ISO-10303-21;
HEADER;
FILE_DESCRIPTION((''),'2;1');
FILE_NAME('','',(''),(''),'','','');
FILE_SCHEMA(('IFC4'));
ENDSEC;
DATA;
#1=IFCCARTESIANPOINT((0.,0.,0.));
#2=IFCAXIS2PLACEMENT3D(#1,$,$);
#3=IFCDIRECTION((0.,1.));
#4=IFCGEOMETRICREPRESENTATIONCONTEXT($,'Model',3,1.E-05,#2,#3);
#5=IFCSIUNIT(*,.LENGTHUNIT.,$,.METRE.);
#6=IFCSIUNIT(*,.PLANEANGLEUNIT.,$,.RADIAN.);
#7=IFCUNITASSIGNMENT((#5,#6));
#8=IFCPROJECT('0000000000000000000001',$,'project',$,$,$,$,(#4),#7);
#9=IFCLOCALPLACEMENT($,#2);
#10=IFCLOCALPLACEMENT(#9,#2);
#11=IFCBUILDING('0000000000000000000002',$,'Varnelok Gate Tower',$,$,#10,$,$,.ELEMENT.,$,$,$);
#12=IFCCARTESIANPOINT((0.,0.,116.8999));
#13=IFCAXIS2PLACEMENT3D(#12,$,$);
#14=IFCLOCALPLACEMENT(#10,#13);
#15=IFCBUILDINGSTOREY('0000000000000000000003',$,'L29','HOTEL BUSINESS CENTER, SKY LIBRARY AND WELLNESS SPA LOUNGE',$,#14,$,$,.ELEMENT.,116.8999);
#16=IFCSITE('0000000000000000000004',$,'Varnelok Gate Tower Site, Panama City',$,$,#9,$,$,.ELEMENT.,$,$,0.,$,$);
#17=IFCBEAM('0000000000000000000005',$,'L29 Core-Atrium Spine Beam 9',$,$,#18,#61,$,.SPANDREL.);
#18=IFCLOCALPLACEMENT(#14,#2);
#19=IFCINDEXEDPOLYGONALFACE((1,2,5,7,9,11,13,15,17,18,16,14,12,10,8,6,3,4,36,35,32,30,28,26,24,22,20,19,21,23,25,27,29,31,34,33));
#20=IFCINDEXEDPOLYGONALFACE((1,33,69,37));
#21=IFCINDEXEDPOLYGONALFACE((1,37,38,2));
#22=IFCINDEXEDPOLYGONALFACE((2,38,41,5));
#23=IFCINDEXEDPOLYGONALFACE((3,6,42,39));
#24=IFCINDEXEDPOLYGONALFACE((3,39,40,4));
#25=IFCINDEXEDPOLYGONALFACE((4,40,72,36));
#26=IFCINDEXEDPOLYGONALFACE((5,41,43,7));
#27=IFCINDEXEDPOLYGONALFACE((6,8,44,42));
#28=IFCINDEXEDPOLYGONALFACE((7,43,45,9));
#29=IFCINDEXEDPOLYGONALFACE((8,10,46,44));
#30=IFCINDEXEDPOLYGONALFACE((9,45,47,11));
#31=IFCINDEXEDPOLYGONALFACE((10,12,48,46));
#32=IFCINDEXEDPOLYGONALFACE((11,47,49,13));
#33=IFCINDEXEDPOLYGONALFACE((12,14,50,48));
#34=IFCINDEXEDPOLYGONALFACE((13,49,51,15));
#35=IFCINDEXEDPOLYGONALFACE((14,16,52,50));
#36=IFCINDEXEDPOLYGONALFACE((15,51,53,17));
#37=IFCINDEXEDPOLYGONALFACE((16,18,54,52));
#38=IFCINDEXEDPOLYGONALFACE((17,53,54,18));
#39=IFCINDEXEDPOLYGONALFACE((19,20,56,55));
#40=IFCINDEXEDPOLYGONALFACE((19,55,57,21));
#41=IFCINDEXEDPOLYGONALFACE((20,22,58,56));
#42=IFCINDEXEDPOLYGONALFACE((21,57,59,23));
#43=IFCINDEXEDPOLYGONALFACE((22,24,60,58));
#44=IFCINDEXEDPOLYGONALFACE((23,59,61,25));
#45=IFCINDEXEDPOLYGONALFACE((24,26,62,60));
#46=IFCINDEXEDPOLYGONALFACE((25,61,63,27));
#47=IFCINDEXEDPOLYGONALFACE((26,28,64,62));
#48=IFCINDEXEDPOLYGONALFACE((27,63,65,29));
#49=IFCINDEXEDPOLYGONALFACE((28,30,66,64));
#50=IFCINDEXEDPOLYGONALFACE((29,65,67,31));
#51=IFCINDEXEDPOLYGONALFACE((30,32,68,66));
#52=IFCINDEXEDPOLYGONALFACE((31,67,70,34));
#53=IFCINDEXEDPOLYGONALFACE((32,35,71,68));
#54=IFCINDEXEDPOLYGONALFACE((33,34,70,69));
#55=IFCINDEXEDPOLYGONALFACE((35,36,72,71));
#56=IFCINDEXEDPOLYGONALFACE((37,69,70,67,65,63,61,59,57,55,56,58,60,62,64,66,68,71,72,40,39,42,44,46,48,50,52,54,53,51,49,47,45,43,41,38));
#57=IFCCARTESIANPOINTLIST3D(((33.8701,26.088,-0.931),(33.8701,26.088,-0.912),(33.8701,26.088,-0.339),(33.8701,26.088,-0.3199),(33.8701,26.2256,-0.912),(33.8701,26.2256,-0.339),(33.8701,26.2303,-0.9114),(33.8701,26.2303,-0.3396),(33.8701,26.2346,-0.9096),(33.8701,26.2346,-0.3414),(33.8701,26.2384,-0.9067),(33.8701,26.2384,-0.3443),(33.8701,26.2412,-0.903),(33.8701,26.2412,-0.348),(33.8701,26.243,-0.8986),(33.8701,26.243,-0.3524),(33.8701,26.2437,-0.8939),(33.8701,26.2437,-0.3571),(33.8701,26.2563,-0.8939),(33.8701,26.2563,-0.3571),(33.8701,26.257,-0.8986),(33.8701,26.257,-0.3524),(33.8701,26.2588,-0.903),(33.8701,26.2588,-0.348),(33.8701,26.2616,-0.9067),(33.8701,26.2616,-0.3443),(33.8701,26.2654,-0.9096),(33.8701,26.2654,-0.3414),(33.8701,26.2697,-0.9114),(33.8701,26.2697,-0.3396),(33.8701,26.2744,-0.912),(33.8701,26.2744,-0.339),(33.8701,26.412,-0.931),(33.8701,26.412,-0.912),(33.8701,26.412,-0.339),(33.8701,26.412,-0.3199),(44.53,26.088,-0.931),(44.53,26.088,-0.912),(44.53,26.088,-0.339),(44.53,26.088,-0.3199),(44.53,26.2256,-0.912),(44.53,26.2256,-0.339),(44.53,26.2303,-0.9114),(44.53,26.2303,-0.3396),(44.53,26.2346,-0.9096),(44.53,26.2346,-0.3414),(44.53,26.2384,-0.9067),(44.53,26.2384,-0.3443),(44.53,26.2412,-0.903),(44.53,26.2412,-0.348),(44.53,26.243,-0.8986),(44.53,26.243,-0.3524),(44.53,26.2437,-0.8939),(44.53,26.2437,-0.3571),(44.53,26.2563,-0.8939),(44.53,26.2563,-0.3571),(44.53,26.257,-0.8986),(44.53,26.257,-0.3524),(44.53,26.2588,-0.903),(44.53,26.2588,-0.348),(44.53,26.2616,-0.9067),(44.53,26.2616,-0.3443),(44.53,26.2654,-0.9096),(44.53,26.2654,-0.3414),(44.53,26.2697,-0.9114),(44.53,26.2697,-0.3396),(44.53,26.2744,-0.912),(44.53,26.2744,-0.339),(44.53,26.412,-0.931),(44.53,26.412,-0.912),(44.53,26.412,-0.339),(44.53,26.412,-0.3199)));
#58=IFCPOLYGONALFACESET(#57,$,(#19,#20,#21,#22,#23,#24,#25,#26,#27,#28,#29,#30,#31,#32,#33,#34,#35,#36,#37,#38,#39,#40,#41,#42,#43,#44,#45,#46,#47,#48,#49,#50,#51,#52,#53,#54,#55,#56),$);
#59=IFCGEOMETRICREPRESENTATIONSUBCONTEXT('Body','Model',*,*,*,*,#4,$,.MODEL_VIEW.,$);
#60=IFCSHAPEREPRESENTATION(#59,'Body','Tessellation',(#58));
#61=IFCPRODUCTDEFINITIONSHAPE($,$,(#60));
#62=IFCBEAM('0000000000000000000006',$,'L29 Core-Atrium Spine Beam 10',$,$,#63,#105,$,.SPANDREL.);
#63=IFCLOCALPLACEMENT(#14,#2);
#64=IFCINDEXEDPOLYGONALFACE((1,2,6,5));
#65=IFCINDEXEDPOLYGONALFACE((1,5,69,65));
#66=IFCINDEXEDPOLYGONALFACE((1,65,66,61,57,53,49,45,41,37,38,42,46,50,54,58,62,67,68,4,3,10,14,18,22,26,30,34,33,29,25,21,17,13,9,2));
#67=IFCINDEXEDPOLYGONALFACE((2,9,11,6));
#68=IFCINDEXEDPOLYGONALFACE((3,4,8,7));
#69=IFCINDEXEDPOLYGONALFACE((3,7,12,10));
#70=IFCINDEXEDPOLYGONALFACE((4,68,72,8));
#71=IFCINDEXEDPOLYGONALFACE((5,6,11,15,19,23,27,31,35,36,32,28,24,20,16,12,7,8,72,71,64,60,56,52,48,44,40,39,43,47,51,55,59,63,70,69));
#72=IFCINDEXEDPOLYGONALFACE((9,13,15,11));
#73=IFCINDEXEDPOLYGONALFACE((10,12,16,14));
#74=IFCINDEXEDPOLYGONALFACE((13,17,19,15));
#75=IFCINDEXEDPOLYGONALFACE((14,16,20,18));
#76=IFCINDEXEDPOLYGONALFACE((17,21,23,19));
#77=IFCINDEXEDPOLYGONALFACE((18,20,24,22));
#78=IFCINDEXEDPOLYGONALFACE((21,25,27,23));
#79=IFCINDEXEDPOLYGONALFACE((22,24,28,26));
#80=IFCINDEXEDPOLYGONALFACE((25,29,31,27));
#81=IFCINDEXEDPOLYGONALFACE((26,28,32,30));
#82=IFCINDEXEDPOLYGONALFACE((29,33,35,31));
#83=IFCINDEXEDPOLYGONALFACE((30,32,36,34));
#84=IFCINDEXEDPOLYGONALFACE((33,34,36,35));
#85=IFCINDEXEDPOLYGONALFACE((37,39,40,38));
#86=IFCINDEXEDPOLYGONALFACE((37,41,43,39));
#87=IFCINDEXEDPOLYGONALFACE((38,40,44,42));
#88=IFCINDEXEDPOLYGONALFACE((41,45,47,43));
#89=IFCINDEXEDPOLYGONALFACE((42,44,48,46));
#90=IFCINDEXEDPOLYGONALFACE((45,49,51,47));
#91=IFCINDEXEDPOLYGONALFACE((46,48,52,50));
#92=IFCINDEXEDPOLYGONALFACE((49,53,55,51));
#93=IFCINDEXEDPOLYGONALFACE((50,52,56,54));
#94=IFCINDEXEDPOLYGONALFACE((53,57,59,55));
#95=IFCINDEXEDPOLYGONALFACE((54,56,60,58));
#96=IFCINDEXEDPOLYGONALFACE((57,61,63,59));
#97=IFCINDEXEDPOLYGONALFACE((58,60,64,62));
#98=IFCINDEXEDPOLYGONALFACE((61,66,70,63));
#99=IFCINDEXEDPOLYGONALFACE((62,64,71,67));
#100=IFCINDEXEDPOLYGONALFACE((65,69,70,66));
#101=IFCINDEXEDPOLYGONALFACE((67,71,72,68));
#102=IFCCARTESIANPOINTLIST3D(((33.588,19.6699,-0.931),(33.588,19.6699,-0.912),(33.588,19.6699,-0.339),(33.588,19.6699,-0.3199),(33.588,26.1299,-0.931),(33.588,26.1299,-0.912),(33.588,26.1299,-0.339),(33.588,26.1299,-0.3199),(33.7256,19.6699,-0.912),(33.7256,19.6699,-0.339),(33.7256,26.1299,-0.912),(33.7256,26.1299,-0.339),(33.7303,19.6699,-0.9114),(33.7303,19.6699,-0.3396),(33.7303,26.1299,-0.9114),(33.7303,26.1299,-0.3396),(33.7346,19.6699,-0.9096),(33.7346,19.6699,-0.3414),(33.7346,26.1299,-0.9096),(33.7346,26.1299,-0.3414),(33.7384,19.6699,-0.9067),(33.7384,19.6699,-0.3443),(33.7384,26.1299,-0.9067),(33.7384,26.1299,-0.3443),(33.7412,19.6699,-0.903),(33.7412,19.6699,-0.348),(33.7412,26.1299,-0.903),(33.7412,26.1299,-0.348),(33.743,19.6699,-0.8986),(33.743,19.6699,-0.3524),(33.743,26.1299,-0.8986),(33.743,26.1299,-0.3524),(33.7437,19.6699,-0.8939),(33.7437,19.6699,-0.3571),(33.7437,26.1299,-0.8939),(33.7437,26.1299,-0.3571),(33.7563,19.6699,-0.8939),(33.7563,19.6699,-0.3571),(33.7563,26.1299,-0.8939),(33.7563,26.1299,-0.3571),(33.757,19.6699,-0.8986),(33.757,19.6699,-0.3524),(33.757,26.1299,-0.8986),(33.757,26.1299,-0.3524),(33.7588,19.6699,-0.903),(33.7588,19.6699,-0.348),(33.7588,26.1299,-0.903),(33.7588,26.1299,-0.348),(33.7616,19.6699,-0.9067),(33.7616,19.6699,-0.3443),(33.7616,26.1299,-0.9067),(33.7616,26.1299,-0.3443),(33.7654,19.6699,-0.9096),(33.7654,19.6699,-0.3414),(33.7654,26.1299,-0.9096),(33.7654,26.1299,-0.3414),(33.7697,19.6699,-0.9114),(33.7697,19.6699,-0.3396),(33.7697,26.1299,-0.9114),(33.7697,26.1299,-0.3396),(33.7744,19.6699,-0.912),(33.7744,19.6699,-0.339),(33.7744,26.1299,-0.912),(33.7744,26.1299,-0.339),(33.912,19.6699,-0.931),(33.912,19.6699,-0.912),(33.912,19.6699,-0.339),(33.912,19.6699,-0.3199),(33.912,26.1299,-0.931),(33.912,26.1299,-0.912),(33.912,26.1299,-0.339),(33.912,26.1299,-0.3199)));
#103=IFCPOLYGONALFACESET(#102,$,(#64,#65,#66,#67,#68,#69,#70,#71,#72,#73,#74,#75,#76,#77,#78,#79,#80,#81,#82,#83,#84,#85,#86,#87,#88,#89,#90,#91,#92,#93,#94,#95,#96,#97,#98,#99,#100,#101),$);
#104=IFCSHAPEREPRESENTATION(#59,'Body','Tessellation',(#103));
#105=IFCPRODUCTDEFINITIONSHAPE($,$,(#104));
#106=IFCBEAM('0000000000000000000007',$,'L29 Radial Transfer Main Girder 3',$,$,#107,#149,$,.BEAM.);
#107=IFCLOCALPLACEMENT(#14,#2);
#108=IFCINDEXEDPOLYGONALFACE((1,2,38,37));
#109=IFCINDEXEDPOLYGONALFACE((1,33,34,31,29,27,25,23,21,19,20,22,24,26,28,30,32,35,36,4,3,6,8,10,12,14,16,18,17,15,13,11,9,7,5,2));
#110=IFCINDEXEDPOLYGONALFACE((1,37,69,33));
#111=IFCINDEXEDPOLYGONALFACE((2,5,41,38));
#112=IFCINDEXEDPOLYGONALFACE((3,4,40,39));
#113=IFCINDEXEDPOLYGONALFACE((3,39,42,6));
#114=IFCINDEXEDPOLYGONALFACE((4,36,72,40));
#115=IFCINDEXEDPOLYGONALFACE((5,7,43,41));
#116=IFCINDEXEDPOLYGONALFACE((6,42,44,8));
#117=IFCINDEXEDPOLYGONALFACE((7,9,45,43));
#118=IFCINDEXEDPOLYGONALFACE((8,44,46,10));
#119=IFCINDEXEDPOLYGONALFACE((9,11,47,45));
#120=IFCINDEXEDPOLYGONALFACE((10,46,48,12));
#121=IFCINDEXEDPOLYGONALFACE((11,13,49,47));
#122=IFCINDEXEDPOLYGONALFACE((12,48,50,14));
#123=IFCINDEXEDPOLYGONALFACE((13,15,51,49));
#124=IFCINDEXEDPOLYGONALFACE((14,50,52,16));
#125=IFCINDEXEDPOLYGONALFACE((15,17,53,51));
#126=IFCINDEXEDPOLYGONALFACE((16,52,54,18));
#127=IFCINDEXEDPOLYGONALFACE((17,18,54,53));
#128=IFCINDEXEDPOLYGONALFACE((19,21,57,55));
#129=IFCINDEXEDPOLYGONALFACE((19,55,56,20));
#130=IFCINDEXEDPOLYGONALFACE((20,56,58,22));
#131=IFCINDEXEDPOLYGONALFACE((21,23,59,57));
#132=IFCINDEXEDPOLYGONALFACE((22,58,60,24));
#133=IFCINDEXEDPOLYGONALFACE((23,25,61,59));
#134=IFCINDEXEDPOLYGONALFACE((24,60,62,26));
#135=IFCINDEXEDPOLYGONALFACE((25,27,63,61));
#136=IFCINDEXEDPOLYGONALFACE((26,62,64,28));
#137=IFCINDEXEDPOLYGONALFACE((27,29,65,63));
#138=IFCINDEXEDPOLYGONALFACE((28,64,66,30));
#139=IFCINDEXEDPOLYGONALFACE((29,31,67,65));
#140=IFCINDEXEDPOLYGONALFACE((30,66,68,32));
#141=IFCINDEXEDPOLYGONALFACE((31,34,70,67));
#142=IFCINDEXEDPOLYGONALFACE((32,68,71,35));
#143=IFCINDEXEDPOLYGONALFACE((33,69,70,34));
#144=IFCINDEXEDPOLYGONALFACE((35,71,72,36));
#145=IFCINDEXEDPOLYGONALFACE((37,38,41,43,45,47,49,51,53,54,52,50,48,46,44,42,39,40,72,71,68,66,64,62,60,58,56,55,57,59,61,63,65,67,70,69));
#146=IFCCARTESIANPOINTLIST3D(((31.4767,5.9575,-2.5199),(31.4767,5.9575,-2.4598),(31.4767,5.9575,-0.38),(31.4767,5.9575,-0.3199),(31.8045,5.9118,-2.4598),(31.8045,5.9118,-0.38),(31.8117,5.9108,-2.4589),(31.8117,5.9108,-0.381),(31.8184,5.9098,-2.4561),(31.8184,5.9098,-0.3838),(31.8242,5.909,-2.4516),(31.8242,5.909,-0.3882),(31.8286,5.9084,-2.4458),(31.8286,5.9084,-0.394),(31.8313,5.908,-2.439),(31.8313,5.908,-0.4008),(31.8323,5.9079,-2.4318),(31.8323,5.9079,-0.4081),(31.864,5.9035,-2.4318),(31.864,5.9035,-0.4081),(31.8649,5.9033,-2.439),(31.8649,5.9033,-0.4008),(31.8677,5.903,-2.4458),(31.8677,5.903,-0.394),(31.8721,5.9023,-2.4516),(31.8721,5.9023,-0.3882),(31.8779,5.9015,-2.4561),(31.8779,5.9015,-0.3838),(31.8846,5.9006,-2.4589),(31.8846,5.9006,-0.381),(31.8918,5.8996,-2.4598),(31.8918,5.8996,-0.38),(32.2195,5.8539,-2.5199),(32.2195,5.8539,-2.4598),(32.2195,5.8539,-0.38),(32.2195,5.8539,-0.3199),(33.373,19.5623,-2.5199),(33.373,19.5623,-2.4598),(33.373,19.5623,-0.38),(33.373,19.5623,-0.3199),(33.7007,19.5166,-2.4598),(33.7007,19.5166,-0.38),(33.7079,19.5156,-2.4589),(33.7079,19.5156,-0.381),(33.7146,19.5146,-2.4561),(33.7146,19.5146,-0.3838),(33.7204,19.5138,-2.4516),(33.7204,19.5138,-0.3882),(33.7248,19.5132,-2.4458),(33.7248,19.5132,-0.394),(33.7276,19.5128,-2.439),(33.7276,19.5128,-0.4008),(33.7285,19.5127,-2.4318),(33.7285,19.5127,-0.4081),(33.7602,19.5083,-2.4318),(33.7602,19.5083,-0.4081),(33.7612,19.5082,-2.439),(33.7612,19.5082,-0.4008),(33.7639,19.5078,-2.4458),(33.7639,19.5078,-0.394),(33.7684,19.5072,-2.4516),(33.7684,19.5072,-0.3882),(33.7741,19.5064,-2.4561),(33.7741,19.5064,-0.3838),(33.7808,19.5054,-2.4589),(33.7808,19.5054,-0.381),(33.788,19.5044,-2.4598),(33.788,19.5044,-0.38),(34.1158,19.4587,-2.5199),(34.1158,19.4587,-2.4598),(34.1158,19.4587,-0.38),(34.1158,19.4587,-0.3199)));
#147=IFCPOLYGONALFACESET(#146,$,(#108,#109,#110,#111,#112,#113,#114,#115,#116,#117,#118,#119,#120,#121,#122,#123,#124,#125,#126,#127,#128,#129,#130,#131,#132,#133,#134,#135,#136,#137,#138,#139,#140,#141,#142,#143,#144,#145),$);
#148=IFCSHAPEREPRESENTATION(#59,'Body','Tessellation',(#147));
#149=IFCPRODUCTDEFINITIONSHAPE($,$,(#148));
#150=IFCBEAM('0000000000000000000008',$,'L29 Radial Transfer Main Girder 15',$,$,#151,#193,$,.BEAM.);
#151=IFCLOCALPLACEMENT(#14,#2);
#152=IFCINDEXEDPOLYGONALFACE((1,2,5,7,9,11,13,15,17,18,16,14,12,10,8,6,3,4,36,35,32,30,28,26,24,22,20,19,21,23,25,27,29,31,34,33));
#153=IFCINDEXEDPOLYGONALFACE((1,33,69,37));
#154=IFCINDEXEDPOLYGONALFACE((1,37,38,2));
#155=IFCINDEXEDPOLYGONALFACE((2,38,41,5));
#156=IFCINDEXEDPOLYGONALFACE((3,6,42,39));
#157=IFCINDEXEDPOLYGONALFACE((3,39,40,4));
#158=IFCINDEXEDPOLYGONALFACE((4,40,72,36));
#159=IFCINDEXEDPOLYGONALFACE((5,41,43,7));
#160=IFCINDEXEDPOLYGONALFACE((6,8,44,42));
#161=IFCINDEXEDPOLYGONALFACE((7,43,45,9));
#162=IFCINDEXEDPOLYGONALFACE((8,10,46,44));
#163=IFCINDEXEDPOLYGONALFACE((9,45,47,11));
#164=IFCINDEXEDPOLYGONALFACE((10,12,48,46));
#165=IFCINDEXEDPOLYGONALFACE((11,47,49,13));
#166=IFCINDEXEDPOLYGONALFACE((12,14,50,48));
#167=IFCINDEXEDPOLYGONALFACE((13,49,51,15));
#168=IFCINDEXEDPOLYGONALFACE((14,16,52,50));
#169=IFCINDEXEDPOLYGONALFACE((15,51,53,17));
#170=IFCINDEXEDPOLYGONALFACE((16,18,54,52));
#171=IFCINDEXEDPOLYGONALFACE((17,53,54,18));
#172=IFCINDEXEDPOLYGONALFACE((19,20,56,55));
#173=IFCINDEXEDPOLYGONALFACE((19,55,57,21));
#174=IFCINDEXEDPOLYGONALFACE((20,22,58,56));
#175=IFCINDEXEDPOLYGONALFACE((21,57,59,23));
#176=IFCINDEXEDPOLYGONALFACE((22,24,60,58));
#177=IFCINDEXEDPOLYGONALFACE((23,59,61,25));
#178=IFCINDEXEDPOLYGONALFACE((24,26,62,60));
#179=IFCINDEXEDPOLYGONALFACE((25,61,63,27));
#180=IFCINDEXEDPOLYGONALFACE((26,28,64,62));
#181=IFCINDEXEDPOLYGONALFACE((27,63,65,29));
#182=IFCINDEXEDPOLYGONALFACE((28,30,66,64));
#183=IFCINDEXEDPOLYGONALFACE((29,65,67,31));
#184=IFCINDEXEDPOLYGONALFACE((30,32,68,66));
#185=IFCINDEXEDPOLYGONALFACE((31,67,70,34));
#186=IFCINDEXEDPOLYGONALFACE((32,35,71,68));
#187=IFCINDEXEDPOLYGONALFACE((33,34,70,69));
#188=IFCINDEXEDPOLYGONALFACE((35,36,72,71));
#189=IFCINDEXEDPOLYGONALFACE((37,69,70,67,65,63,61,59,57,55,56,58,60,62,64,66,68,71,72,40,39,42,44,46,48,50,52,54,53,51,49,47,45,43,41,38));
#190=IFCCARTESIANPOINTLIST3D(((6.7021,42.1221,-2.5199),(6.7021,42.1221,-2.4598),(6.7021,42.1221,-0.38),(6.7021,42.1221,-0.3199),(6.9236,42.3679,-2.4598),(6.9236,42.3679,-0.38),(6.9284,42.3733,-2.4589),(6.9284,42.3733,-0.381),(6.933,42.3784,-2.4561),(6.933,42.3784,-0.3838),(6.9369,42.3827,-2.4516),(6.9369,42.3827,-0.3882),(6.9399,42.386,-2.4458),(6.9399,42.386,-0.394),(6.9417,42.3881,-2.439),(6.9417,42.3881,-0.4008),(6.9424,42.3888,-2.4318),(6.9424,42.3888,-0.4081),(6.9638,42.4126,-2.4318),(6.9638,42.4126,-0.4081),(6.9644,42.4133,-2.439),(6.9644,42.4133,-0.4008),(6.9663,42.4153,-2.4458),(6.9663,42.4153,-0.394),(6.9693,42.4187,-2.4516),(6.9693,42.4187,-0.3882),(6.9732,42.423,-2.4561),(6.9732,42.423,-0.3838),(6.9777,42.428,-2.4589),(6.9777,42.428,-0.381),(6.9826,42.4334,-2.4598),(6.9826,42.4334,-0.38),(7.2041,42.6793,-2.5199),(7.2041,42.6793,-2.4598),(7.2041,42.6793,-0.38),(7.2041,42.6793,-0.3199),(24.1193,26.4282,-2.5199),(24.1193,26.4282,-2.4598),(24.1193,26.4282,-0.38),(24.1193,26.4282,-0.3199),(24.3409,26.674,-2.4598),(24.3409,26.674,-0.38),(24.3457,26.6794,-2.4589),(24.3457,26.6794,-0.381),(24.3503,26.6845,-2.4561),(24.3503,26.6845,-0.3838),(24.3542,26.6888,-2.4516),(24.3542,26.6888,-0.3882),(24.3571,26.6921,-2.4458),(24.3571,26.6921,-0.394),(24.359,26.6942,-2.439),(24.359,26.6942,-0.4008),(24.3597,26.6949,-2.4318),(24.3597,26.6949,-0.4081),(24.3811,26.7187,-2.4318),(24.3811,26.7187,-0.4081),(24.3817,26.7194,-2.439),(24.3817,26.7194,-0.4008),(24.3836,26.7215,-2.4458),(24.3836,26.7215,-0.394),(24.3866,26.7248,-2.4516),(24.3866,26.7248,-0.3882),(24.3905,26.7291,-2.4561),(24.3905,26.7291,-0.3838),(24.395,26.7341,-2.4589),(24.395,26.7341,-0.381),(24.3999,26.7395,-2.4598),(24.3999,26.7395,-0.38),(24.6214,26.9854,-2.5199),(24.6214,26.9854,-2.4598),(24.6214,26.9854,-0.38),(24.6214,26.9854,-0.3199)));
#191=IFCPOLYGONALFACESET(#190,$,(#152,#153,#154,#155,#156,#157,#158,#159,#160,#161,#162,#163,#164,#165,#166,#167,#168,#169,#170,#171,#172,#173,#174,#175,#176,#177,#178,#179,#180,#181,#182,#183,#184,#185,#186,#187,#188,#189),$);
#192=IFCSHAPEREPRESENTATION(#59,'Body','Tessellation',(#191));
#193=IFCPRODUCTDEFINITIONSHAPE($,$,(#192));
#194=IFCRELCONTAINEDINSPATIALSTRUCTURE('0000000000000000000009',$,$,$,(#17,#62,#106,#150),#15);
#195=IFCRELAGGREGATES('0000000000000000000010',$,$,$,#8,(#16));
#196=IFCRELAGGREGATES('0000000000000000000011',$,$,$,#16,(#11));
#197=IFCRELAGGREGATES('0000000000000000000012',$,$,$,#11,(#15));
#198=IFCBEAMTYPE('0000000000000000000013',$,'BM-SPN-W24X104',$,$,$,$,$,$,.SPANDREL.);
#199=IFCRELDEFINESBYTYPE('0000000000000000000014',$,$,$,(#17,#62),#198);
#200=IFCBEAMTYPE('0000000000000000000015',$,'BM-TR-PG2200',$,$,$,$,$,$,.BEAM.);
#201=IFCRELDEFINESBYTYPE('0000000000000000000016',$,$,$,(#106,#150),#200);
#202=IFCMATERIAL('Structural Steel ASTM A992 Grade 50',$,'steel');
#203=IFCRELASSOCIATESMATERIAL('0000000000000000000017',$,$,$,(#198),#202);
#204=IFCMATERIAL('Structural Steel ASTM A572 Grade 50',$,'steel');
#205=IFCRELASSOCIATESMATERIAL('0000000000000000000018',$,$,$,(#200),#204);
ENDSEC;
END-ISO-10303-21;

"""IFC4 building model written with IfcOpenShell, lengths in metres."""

from ifc_helpers import new_model, si_unit, direction, frame, origin, origin_2d, place, context, subcontext, project, spatial, i_section, extrude, material, material_profile, profile_set, type_object, element, save


model = new_model("IFC4")

# Units and contexts
model_context = context("Model", 3, precision=1e-05, world=origin(), true_north=direction((0.0, 1.0)))
body_context = subcontext(model_context, "Body", "Model", "MODEL_VIEW")
ifc_project = project(units=[si_unit("LENGTHUNIT", "METRE"), si_unit("PLANEANGLEUNIT", "RADIAN")], contexts=[model_context])

# Site, building, storey
site_placement = place(None, origin())
site = spatial("IfcSite", under=ifc_project, at=site_placement, Name="Varnelok Gate Tower Site, Panama City", CompositionType="ELEMENT", RefElevation=0.0)
building_placement = place(site_placement, origin())
building = spatial("IfcBuilding", under=site, at=building_placement, Name="Varnelok Gate Tower", CompositionType="ELEMENT")
storey_placement = place(building_placement, frame((0.0, 0.0, 116.8999)))
storey = spatial("IfcBuildingStorey", under=building, at=storey_placement, Name="L29", Description="HOTEL BUSINESS CENTER, SKY LIBRARY AND WELLNESS SPA LOUNGE", CompositionType="ELEMENT", Elevation=116.8999)

# Shared definitions
ifc_material_1 = material(Name="Structural Steel ASTM A992 Grade 50", Category="steel")

# Beams
ifc_material_profile_1 = material_profile(ifc_material_1, i_section(OverallWidth=0.324, OverallDepth=0.6111, WebThickness=0.0127, FlangeThickness=0.019, FilletRadius=0.0181, at=origin_2d()), Name="W24X104")
ifc_profile_set_1 = profile_set([ifc_material_profile_1], Name="Structural Steel ASTM A992 Grade 50")
beam_type_1 = type_object("IfcBeamType", Name="BM-SPN-W24X104", PredefinedType="SPANDREL", material=ifc_profile_set_1)
for number, where, z_axis, x_axis, name in (
    (1, (33.8701, 26.25, -0.6255), (1.0, 0.0, 0.0), (0.0, 1.0, 0.0), "L29 Core-Atrium Spine Beam 9"),
):
    element("IfcBeam", number, at=place(storey_placement, frame(where, z_axis=z_axis, x_axis=x_axis)), inside=storey, type_object=beam_type_1, Name=name, PredefinedType="SPANDREL", context=body_context, shape_type="SweptSolid", body=[
        extrude(i_section(OverallWidth=0.324, OverallDepth=0.6111, WebThickness=0.0127, FlangeThickness=0.019, FilletRadius=0.0181, at=origin_2d()), origin(), (0.0, 0.0, 1.0), 10.6599),
    ])
beam_1_placement = place(storey_placement, frame((33.75, 19.6699, -0.6255), z_axis=(0.0, 1.0, 0.0), x_axis=(-1.0, 0.0, 0.0)))
element("IfcBeam", 2, at=beam_1_placement, inside=storey, type_object=beam_type_1, Name="L29 Core-Atrium Spine Beam 10", PredefinedType="SPANDREL", context=body_context, shape_type="SweptSolid", body=[
    extrude(i_section(OverallWidth=0.324, OverallDepth=0.6111, WebThickness=0.0127, FlangeThickness=0.019, FilletRadius=0.0181, at=origin_2d()), origin(), (0.0, 0.0, 1.0), 6.46),
])
ifc_material_2 = material(Name="Structural Steel ASTM A572 Grade 50", Category="steel")
ifc_material_profile_2 = material_profile(ifc_material_2, i_section(OverallWidth=0.75, OverallDepth=2.2, WebThickness=0.032, FlangeThickness=0.0601, FilletRadius=0.0281, at=origin_2d()), Name="PG2200X750")
ifc_profile_set_2 = profile_set([ifc_material_profile_2], Name="Structural Steel ASTM A572 Grade 50")
beam_type_2 = type_object("IfcBeamType", Name="BM-TR-PG2200", PredefinedType="BEAM", material=ifc_profile_set_2)
beam_2_placement = place(storey_placement, frame((33.7444, 19.5105, -1.4199), z_axis=(-0.138046, -0.990426, 0.0), x_axis=(0.990426, -0.138046, 0.0)))
element("IfcBeam", 3, at=beam_2_placement, inside=storey, type_object=beam_type_2, Name="L29 Radial Transfer Main Girder 3", PredefinedType="BEAM", context=body_context, shape_type="SweptSolid", body=[
    extrude(i_section(OverallWidth=0.75, OverallDepth=2.2, WebThickness=0.032, FlangeThickness=0.0601, FilletRadius=0.0281, at=origin_2d()), origin(), (0.0, 0.0, 1.0), 13.7363),
])
beam_3_placement = place(storey_placement, frame((24.3704, 26.7068, -1.4199), z_axis=(-0.742905, 0.669397, 0.0), x_axis=(-0.669397, -0.742905, 0.0)))
element("IfcBeam", 4, at=beam_3_placement, inside=storey, type_object=beam_type_2, Name="L29 Radial Transfer Main Girder 15", PredefinedType="BEAM", context=body_context, shape_type="SweptSolid", body=[
    extrude(i_section(OverallWidth=0.75, OverallDepth=2.2, WebThickness=0.032, FlangeThickness=0.0601, FilletRadius=0.0281, at=origin_2d()), origin(), (0.0, 0.0, 1.0), 23.4448),
])

save(model, "model.ifc")
